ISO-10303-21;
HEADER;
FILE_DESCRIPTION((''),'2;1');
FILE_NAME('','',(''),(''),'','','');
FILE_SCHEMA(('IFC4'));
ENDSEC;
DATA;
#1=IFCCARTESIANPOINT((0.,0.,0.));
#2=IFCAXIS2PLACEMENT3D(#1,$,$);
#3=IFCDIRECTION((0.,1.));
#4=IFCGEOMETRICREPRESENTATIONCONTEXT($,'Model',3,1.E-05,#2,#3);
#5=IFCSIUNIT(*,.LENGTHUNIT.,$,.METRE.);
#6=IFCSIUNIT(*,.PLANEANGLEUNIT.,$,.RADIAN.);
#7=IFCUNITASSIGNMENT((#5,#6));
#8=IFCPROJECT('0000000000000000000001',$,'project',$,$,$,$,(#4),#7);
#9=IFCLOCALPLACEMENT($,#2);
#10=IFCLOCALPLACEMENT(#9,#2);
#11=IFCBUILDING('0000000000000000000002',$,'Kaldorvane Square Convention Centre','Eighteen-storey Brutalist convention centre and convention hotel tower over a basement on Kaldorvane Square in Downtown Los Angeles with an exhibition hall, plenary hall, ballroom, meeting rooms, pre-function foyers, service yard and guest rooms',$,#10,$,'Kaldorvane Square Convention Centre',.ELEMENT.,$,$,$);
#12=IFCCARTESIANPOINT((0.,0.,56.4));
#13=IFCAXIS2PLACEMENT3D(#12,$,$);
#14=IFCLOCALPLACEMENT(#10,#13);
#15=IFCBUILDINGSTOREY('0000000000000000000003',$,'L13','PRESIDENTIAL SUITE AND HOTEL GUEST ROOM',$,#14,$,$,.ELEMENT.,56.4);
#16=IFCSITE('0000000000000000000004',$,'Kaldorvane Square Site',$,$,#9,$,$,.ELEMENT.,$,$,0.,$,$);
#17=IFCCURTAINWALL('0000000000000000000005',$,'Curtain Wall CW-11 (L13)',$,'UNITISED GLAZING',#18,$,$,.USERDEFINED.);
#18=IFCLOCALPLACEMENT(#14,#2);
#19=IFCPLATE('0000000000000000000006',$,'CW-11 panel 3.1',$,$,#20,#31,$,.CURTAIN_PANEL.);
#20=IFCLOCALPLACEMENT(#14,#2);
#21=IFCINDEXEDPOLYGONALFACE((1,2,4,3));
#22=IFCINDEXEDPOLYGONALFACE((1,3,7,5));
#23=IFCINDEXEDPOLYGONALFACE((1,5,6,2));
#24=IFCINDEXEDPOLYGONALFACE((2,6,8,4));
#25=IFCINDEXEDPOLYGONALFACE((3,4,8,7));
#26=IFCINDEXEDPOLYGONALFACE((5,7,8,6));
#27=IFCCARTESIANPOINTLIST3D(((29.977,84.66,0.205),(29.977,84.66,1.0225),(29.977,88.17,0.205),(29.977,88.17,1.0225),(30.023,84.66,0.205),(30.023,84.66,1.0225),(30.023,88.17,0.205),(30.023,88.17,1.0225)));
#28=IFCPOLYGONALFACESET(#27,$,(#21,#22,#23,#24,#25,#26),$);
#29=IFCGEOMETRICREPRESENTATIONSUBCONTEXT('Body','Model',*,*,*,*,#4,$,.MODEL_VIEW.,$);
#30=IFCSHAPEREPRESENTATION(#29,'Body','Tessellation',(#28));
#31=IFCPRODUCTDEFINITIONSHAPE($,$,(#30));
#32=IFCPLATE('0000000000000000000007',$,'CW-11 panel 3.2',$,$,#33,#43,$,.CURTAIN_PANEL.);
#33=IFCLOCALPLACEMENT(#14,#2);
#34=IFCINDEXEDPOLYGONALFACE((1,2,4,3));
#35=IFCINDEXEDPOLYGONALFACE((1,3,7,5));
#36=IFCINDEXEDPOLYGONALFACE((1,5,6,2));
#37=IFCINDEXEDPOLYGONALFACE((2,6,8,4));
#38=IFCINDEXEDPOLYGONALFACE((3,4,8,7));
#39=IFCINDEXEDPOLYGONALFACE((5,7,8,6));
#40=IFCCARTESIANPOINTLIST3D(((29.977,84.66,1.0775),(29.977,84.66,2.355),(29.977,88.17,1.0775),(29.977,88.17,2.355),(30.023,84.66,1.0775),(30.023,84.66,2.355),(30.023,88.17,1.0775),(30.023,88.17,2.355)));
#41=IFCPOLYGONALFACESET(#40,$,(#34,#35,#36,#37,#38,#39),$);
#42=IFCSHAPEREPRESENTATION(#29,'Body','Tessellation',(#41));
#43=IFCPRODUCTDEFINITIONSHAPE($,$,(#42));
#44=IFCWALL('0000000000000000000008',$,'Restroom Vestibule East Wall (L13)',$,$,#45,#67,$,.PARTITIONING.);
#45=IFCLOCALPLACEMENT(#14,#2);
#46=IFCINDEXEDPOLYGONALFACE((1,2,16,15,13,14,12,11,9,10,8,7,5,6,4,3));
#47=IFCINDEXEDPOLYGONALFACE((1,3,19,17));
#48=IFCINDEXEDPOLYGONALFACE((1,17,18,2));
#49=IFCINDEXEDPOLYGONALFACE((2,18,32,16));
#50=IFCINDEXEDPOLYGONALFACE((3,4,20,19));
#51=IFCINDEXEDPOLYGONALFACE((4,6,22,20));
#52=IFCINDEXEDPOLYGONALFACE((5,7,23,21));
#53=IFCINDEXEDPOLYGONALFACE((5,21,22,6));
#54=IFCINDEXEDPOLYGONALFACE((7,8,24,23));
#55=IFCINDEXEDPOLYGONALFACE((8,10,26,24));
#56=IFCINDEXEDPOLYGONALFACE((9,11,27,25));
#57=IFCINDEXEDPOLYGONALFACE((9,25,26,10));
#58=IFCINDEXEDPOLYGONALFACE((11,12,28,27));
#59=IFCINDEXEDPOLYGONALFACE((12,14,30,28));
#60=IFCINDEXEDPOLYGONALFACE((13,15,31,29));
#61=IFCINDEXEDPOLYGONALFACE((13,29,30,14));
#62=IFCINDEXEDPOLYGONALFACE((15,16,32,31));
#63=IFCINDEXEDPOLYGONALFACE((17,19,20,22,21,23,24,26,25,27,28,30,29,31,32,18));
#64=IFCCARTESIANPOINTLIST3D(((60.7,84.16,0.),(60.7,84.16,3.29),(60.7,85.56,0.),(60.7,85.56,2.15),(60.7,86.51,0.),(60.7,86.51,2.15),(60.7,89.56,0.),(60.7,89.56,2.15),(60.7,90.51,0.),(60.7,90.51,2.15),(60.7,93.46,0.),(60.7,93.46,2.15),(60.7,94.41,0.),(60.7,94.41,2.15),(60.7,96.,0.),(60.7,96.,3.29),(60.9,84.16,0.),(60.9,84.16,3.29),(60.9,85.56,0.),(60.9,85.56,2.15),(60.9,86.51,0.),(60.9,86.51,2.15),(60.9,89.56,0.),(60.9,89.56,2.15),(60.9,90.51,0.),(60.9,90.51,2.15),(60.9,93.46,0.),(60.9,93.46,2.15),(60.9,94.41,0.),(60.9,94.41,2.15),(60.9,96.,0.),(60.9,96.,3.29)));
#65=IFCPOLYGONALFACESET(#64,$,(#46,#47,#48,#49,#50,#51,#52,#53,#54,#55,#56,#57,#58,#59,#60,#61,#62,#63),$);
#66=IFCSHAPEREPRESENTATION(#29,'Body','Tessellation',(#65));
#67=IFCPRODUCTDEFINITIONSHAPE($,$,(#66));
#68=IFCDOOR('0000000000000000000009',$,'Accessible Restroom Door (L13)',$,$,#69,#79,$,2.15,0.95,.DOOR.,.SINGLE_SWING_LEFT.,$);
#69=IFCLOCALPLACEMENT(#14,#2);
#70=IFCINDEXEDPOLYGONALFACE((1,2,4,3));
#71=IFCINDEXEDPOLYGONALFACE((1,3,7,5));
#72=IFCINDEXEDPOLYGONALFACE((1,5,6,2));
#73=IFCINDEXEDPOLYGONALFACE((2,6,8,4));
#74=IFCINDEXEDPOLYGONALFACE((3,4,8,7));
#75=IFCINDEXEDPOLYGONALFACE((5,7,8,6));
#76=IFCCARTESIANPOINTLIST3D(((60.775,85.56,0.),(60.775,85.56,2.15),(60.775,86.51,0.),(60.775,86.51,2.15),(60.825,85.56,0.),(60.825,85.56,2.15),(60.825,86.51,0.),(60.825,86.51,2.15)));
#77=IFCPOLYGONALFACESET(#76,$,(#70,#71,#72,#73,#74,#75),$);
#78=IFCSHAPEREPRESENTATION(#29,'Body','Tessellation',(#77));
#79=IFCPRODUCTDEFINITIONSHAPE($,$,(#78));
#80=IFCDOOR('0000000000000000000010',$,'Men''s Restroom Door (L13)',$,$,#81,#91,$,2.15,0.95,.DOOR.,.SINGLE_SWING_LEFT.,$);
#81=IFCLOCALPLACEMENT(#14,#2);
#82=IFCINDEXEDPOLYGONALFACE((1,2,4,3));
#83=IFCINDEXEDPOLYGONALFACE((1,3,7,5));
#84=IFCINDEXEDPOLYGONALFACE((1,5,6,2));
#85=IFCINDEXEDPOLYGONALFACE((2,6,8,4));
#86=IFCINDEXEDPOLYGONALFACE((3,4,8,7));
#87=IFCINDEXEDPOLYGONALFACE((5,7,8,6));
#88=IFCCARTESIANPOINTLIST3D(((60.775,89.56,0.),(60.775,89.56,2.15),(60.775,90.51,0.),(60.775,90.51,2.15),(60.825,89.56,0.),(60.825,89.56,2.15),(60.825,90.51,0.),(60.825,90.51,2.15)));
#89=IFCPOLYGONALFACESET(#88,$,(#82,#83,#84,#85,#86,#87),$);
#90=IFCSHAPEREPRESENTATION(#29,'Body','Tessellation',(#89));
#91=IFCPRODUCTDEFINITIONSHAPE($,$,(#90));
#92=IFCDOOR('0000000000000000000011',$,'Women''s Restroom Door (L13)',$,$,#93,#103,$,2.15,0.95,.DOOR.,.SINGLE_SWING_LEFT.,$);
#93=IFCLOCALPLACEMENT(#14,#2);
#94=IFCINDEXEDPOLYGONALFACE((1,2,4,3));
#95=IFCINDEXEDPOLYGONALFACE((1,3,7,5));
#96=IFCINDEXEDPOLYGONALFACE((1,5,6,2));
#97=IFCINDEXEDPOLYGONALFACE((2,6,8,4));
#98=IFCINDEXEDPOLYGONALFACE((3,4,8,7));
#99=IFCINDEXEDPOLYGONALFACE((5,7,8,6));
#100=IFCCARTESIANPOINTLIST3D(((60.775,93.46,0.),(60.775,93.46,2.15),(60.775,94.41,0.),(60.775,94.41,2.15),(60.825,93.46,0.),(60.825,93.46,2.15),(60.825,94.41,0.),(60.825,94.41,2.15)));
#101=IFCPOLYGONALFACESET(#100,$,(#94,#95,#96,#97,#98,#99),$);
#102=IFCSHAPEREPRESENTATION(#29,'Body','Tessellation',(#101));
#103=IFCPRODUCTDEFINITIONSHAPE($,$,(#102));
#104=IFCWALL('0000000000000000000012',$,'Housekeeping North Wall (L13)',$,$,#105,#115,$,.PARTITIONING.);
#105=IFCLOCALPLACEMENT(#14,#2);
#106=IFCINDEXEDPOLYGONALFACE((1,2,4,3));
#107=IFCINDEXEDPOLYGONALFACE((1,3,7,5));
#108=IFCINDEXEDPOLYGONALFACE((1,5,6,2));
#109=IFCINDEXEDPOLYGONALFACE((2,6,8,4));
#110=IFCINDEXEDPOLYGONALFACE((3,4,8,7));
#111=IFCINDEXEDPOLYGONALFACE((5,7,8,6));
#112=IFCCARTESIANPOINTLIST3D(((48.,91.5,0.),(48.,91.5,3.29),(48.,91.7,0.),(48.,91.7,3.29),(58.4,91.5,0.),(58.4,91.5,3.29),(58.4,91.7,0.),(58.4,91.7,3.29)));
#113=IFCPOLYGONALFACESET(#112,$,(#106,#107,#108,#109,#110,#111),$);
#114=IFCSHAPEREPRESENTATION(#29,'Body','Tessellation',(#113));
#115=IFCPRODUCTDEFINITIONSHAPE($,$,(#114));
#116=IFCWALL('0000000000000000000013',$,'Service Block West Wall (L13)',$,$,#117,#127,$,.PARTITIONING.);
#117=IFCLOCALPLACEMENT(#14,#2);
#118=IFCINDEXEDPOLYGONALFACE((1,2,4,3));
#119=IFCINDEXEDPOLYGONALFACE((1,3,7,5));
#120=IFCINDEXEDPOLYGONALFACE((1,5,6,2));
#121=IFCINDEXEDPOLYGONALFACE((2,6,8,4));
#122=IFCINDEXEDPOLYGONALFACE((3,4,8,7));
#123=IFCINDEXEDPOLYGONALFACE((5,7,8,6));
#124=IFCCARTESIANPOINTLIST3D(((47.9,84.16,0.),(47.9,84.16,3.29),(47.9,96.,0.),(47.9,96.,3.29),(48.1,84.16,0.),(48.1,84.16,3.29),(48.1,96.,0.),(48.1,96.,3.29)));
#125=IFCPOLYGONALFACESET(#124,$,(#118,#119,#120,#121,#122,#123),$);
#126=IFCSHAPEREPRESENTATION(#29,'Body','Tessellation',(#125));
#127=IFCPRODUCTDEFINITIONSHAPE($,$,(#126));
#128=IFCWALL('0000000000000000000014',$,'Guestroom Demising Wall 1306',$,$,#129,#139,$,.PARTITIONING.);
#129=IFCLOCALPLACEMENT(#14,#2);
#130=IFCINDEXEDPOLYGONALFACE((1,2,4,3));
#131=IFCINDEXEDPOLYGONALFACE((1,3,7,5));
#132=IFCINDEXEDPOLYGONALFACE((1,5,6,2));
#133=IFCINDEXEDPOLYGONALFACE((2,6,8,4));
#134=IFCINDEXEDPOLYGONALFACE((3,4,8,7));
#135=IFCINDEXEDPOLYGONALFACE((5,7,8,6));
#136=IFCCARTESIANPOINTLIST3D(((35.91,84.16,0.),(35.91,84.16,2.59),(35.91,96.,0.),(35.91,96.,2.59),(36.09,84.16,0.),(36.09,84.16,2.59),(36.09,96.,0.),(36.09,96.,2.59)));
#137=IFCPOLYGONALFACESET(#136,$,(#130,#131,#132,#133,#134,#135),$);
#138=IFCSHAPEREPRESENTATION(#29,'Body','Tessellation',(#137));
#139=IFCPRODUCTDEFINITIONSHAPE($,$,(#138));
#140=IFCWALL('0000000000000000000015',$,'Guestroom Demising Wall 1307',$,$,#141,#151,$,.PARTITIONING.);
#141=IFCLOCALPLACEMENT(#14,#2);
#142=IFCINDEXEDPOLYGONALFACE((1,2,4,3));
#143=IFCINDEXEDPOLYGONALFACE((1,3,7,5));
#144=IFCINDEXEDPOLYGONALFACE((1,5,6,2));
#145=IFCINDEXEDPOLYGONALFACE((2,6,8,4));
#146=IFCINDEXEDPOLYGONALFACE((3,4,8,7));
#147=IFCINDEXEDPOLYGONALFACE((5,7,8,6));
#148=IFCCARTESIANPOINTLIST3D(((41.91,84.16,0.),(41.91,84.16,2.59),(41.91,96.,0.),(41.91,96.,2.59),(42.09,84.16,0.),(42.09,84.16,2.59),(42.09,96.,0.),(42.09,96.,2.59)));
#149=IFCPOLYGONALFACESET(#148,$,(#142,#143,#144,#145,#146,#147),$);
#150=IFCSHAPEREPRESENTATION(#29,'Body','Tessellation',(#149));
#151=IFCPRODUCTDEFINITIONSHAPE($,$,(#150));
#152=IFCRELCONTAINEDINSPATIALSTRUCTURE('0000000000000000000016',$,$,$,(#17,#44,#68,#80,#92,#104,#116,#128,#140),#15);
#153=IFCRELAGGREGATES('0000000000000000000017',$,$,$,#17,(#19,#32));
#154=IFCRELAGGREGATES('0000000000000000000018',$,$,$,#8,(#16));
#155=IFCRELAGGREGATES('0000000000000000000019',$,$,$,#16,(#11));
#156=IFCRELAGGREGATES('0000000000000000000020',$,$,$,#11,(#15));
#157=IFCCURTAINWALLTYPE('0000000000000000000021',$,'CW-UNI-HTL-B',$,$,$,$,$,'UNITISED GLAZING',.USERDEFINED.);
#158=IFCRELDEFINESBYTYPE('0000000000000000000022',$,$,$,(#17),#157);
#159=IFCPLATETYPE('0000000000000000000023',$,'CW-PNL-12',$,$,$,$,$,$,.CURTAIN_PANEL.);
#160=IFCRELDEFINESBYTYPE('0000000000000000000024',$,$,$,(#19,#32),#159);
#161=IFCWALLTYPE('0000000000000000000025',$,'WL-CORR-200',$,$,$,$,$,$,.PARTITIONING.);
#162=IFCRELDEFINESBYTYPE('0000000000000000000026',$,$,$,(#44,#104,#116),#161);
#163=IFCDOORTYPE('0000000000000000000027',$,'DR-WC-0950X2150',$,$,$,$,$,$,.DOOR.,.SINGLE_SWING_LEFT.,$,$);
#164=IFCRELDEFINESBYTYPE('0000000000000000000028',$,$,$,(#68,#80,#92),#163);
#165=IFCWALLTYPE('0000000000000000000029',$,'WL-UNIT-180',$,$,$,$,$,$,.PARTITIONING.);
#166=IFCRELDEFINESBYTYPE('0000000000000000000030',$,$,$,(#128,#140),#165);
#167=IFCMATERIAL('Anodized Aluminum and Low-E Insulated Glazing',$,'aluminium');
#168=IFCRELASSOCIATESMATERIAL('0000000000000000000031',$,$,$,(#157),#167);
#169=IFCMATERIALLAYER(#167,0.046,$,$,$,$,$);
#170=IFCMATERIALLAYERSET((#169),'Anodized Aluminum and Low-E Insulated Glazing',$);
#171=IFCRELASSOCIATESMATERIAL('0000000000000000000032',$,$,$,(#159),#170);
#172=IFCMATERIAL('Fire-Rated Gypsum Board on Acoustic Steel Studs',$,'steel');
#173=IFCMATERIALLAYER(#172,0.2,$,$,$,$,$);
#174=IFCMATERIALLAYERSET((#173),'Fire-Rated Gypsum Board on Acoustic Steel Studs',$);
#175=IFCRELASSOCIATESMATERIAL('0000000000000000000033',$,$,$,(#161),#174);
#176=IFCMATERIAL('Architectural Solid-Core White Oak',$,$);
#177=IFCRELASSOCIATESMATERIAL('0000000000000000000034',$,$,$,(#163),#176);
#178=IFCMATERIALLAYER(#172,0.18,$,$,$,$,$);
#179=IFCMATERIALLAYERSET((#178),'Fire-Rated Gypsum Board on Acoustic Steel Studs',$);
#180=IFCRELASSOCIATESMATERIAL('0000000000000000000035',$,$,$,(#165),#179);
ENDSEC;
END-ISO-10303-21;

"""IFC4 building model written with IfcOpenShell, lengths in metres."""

from ifc_helpers import new_model, si_unit, direction, frame, frame_2d, origin, origin_2d, place, context, subcontext, project, spatial, rectangle, extrude, material, layer, layer_set, type_object, element, fill, aggregate, save


model = new_model("IFC4")

# Units and contexts
model_context = context("Model", 3, precision=1e-05, world=origin(), true_north=direction((0.0, 1.0)))
body_context = subcontext(model_context, "Body", "Model", "MODEL_VIEW")
ifc_project = project(units=[si_unit("LENGTHUNIT", "METRE"), si_unit("PLANEANGLEUNIT", "RADIAN")], contexts=[model_context])

# Site, building, storey
site_placement = place(None, origin())
site = spatial("IfcSite", under=ifc_project, at=site_placement, Name="Kaldorvane Square Site", CompositionType="ELEMENT", RefElevation=0.0)
building_placement = place(site_placement, origin())
building = spatial("IfcBuilding", under=site, at=building_placement, Name="Kaldorvane Square Convention Centre", Description="Eighteen-storey Brutalist convention centre and convention hotel tower over a basement on Kaldorvane Square in Downtown Los Angeles with an exhibition hall, plenary hall, ballroom, meeting rooms, pre-function foyers, service yard and guest rooms", LongName="Kaldorvane Square Convention Centre", CompositionType="ELEMENT")
storey_placement = place(building_placement, frame((0.0, 0.0, 56.4)))
storey = spatial("IfcBuildingStorey", under=building, at=storey_placement, Name="L13", Description="PRESIDENTIAL SUITE AND HOTEL GUEST ROOM", CompositionType="ELEMENT", Elevation=56.4)

# Curtain wall, plates
ifc_material_1 = material(Name="Anodized Aluminum and Low-E Insulated Glazing", Category="aluminium")
curtain_wall_type = type_object("IfcCurtainWallType", Name="CW-UNI-HTL-B", ElementType="UNITISED GLAZING", PredefinedType="USERDEFINED", material=ifc_material_1)
curtain_wall_placement = place(storey_placement, origin())
curtain_wall = element("IfcCurtainWall", 1, at=curtain_wall_placement, inside=storey, type_object=curtain_wall_type, Name="Curtain Wall CW-11 (L13)", ObjectType="UNITISED GLAZING", PredefinedType="USERDEFINED")
ifc_layer_1 = layer(ifc_material_1, 0.046)
ifc_layer_set_1 = layer_set([ifc_layer_1], Name="Anodized Aluminum and Low-E Insulated Glazing")
plate_type = type_object("IfcPlateType", Name="CW-PNL-12", PredefinedType="CURTAIN_PANEL", material=ifc_layer_set_1)
plate_1_placement = place(storey_placement, frame((30.0, 86.415, 0.205), z_axis=(0.0, 0.0, 1.0), x_axis=(0.0, -1.0, 0.0)))
plate_1 = element("IfcPlate", 2, at=plate_1_placement, type_object=plate_type, Name="CW-11 panel 3.1", PredefinedType="CURTAIN_PANEL", context=body_context, shape_type="SweptSolid", body=[
    extrude(rectangle(XDim=3.51, YDim=0.046, at=origin_2d()), origin(), (0.0, 0.0, 1.0), 0.8175),
])
plate_2_placement = place(storey_placement, frame((30.0, 86.415, 1.0775), z_axis=(0.0, 0.0, 1.0), x_axis=(0.0, -1.0, 0.0)))
plate_2 = element("IfcPlate", 3, at=plate_2_placement, type_object=plate_type, Name="CW-11 panel 3.2", PredefinedType="CURTAIN_PANEL", context=body_context, shape_type="SweptSolid", body=[
    extrude(rectangle(XDim=3.51, YDim=0.046, at=origin_2d()), origin(), (0.0, 0.0, 1.0), 1.2775),
])
aggregate(curtain_wall, [plate_1, plate_2])

# Wall, openings, doors
ifc_material_2 = material(Name="Fire-Rated Gypsum Board on Acoustic Steel Studs", Category="steel")
ifc_layer_2 = layer(ifc_material_2, 0.2)
ifc_layer_set_2 = layer_set([ifc_layer_2], Name="Fire-Rated Gypsum Board on Acoustic Steel Studs")
wall_type_1 = type_object("IfcWallType", Name="WL-CORR-200", PredefinedType="PARTITIONING", material=ifc_layer_set_2)
wall_1_placement = place(storey_placement, frame((60.8, 84.16, 0.0), z_axis=(0.0, 0.0, 1.0), x_axis=(0.0, 1.0, 0.0)))
wall_1 = element("IfcWall", 4, at=wall_1_placement, inside=storey, type_object=wall_type_1, Name="Restroom Vestibule East Wall (L13)", PredefinedType="PARTITIONING", context=body_context, shape_type="SweptSolid", body=[
    extrude(rectangle(XDim=11.84, YDim=0.2, at=frame_2d((5.92, 0.0))), origin(), (0.0, 0.0, 1.0), 3.29),
])
opening_1_placement = place(wall_1_placement, frame((1.4, 0.0, 0.0)))
opening_1 = element("IfcOpeningElement", 5, at=opening_1_placement, cuts=wall_1, PredefinedType="OPENING", context=body_context, shape_type="SweptSolid", body=[
    extrude(rectangle(XDim=0.95, YDim=2.15, at=frame_2d((0.475, 1.075))), frame((0.0, 0.115, 0.0), z_axis=(0.0, -1.0, 0.0), x_axis=(1.0, 0.0, 0.0)), (0.0, 0.0, 1.0), 0.23),
])
opening_2_placement = place(wall_1_placement, frame((5.4, 0.0, 0.0)))
opening_2 = element("IfcOpeningElement", 6, at=opening_2_placement, cuts=wall_1, PredefinedType="OPENING", context=body_context, shape_type="SweptSolid", body=[
    extrude(rectangle(XDim=0.95, YDim=2.15, at=frame_2d((0.475, 1.075))), frame((0.0, 0.115, 0.0), z_axis=(0.0, -1.0, 0.0), x_axis=(1.0, 0.0, 0.0)), (0.0, 0.0, 1.0), 0.23),
])
opening_3_placement = place(wall_1_placement, frame((9.3, 0.0, 0.0)))
opening_3 = element("IfcOpeningElement", 7, at=opening_3_placement, cuts=wall_1, PredefinedType="OPENING", context=body_context, shape_type="SweptSolid", body=[
    extrude(rectangle(XDim=0.95, YDim=2.15, at=frame_2d((0.475, 1.075))), frame((0.0, 0.115, 0.0), z_axis=(0.0, -1.0, 0.0), x_axis=(1.0, 0.0, 0.0)), (0.0, 0.0, 1.0), 0.23),
])
ifc_material_3 = material(Name="Architectural Solid-Core White Oak")
door_type = type_object("IfcDoorType", Name="DR-WC-0950X2150", OperationType="SINGLE_SWING_LEFT", PredefinedType="DOOR", material=ifc_material_3)
door_1_placement = place(opening_1_placement, origin())
door_1 = element("IfcDoor", 8, at=door_1_placement, inside=storey, type_object=door_type, Name="Accessible Restroom Door (L13)", OperationType="SINGLE_SWING_LEFT", OverallHeight=2.15, OverallWidth=0.95, PredefinedType="DOOR", context=body_context, shape_type="SweptSolid", body=[
    extrude(rectangle(XDim=0.95, YDim=2.15, at=frame_2d((0.475, 1.075))), frame((0.0, 0.025, 0.0), z_axis=(0.0, -1.0, 0.0), x_axis=(1.0, 0.0, 0.0)), (0.0, 0.0, 1.0), 0.05),
])
fill(opening_1, door_1)
door_2_placement = place(opening_2_placement, origin())
door_2 = element("IfcDoor", 9, at=door_2_placement, inside=storey, type_object=door_type, Name="Men's Restroom Door (L13)", OperationType="SINGLE_SWING_LEFT", OverallHeight=2.15, OverallWidth=0.95, PredefinedType="DOOR", context=body_context, shape_type="SweptSolid", body=[
    extrude(rectangle(XDim=0.95, YDim=2.15, at=frame_2d((0.475, 1.075))), frame((0.0, 0.025, 0.0), z_axis=(0.0, -1.0, 0.0), x_axis=(1.0, 0.0, 0.0)), (0.0, 0.0, 1.0), 0.05),
])
fill(opening_2, door_2)
door_3_placement = place(opening_3_placement, origin())
door_3 = element("IfcDoor", 10, at=door_3_placement, inside=storey, type_object=door_type, Name="Women's Restroom Door (L13)", OperationType="SINGLE_SWING_LEFT", OverallHeight=2.15, OverallWidth=0.95, PredefinedType="DOOR", context=body_context, shape_type="SweptSolid", body=[
    extrude(rectangle(XDim=0.95, YDim=2.15, at=frame_2d((0.475, 1.075))), frame((0.0, 0.025, 0.0), z_axis=(0.0, -1.0, 0.0), x_axis=(1.0, 0.0, 0.0)), (0.0, 0.0, 1.0), 0.05),
])
fill(opening_3, door_3)

# Walls
wall_2_placement = place(storey_placement, frame((48.0, 91.6, 0.0), z_axis=(0.0, 0.0, 1.0), x_axis=(1.0, 0.0, 0.0)))
element("IfcWall", 11, at=wall_2_placement, inside=storey, type_object=wall_type_1, Name="Housekeeping North Wall (L13)", PredefinedType="PARTITIONING", context=body_context, shape_type="SweptSolid", body=[
    extrude(rectangle(XDim=10.4, YDim=0.2, at=frame_2d((5.2, 0.0))), origin(), (0.0, 0.0, 1.0), 3.29),
])
wall_3_placement = place(storey_placement, frame((48.0, 84.16, 0.0), z_axis=(0.0, 0.0, 1.0), x_axis=(0.0, 1.0, 0.0)))
element("IfcWall", 12, at=wall_3_placement, inside=storey, type_object=wall_type_1, Name="Service Block West Wall (L13)", PredefinedType="PARTITIONING", context=body_context, shape_type="SweptSolid", body=[
    extrude(rectangle(XDim=11.84, YDim=0.2, at=frame_2d((5.92, 0.0))), origin(), (0.0, 0.0, 1.0), 3.29),
])
ifc_layer_3 = layer(ifc_material_2, 0.18)
ifc_layer_set_3 = layer_set([ifc_layer_3], Name="Fire-Rated Gypsum Board on Acoustic Steel Studs")
wall_type_2 = type_object("IfcWallType", Name="WL-UNIT-180", PredefinedType="PARTITIONING", material=ifc_layer_set_3)
for number, where, z_axis, x_axis, name in (
    (13, (36.0, 84.16, 0.0), (0.0, 0.0, 1.0), (0.0, 1.0, 0.0), "Guestroom Demising Wall 1306"),
    (14, (42.0, 84.16, 0.0), (0.0, 0.0, 1.0), (0.0, 1.0, 0.0), "Guestroom Demising Wall 1307"),
):
    element("IfcWall", number, at=place(storey_placement, frame(where, z_axis=z_axis, x_axis=x_axis)), inside=storey, type_object=wall_type_2, Name=name, PredefinedType="PARTITIONING", context=body_context, shape_type="SweptSolid", body=[
        extrude(rectangle(XDim=11.84, YDim=0.18, at=frame_2d((5.92, 0.0))), origin(), (0.0, 0.0, 1.0), 2.59),
    ])

save(model, "model.ifc")
